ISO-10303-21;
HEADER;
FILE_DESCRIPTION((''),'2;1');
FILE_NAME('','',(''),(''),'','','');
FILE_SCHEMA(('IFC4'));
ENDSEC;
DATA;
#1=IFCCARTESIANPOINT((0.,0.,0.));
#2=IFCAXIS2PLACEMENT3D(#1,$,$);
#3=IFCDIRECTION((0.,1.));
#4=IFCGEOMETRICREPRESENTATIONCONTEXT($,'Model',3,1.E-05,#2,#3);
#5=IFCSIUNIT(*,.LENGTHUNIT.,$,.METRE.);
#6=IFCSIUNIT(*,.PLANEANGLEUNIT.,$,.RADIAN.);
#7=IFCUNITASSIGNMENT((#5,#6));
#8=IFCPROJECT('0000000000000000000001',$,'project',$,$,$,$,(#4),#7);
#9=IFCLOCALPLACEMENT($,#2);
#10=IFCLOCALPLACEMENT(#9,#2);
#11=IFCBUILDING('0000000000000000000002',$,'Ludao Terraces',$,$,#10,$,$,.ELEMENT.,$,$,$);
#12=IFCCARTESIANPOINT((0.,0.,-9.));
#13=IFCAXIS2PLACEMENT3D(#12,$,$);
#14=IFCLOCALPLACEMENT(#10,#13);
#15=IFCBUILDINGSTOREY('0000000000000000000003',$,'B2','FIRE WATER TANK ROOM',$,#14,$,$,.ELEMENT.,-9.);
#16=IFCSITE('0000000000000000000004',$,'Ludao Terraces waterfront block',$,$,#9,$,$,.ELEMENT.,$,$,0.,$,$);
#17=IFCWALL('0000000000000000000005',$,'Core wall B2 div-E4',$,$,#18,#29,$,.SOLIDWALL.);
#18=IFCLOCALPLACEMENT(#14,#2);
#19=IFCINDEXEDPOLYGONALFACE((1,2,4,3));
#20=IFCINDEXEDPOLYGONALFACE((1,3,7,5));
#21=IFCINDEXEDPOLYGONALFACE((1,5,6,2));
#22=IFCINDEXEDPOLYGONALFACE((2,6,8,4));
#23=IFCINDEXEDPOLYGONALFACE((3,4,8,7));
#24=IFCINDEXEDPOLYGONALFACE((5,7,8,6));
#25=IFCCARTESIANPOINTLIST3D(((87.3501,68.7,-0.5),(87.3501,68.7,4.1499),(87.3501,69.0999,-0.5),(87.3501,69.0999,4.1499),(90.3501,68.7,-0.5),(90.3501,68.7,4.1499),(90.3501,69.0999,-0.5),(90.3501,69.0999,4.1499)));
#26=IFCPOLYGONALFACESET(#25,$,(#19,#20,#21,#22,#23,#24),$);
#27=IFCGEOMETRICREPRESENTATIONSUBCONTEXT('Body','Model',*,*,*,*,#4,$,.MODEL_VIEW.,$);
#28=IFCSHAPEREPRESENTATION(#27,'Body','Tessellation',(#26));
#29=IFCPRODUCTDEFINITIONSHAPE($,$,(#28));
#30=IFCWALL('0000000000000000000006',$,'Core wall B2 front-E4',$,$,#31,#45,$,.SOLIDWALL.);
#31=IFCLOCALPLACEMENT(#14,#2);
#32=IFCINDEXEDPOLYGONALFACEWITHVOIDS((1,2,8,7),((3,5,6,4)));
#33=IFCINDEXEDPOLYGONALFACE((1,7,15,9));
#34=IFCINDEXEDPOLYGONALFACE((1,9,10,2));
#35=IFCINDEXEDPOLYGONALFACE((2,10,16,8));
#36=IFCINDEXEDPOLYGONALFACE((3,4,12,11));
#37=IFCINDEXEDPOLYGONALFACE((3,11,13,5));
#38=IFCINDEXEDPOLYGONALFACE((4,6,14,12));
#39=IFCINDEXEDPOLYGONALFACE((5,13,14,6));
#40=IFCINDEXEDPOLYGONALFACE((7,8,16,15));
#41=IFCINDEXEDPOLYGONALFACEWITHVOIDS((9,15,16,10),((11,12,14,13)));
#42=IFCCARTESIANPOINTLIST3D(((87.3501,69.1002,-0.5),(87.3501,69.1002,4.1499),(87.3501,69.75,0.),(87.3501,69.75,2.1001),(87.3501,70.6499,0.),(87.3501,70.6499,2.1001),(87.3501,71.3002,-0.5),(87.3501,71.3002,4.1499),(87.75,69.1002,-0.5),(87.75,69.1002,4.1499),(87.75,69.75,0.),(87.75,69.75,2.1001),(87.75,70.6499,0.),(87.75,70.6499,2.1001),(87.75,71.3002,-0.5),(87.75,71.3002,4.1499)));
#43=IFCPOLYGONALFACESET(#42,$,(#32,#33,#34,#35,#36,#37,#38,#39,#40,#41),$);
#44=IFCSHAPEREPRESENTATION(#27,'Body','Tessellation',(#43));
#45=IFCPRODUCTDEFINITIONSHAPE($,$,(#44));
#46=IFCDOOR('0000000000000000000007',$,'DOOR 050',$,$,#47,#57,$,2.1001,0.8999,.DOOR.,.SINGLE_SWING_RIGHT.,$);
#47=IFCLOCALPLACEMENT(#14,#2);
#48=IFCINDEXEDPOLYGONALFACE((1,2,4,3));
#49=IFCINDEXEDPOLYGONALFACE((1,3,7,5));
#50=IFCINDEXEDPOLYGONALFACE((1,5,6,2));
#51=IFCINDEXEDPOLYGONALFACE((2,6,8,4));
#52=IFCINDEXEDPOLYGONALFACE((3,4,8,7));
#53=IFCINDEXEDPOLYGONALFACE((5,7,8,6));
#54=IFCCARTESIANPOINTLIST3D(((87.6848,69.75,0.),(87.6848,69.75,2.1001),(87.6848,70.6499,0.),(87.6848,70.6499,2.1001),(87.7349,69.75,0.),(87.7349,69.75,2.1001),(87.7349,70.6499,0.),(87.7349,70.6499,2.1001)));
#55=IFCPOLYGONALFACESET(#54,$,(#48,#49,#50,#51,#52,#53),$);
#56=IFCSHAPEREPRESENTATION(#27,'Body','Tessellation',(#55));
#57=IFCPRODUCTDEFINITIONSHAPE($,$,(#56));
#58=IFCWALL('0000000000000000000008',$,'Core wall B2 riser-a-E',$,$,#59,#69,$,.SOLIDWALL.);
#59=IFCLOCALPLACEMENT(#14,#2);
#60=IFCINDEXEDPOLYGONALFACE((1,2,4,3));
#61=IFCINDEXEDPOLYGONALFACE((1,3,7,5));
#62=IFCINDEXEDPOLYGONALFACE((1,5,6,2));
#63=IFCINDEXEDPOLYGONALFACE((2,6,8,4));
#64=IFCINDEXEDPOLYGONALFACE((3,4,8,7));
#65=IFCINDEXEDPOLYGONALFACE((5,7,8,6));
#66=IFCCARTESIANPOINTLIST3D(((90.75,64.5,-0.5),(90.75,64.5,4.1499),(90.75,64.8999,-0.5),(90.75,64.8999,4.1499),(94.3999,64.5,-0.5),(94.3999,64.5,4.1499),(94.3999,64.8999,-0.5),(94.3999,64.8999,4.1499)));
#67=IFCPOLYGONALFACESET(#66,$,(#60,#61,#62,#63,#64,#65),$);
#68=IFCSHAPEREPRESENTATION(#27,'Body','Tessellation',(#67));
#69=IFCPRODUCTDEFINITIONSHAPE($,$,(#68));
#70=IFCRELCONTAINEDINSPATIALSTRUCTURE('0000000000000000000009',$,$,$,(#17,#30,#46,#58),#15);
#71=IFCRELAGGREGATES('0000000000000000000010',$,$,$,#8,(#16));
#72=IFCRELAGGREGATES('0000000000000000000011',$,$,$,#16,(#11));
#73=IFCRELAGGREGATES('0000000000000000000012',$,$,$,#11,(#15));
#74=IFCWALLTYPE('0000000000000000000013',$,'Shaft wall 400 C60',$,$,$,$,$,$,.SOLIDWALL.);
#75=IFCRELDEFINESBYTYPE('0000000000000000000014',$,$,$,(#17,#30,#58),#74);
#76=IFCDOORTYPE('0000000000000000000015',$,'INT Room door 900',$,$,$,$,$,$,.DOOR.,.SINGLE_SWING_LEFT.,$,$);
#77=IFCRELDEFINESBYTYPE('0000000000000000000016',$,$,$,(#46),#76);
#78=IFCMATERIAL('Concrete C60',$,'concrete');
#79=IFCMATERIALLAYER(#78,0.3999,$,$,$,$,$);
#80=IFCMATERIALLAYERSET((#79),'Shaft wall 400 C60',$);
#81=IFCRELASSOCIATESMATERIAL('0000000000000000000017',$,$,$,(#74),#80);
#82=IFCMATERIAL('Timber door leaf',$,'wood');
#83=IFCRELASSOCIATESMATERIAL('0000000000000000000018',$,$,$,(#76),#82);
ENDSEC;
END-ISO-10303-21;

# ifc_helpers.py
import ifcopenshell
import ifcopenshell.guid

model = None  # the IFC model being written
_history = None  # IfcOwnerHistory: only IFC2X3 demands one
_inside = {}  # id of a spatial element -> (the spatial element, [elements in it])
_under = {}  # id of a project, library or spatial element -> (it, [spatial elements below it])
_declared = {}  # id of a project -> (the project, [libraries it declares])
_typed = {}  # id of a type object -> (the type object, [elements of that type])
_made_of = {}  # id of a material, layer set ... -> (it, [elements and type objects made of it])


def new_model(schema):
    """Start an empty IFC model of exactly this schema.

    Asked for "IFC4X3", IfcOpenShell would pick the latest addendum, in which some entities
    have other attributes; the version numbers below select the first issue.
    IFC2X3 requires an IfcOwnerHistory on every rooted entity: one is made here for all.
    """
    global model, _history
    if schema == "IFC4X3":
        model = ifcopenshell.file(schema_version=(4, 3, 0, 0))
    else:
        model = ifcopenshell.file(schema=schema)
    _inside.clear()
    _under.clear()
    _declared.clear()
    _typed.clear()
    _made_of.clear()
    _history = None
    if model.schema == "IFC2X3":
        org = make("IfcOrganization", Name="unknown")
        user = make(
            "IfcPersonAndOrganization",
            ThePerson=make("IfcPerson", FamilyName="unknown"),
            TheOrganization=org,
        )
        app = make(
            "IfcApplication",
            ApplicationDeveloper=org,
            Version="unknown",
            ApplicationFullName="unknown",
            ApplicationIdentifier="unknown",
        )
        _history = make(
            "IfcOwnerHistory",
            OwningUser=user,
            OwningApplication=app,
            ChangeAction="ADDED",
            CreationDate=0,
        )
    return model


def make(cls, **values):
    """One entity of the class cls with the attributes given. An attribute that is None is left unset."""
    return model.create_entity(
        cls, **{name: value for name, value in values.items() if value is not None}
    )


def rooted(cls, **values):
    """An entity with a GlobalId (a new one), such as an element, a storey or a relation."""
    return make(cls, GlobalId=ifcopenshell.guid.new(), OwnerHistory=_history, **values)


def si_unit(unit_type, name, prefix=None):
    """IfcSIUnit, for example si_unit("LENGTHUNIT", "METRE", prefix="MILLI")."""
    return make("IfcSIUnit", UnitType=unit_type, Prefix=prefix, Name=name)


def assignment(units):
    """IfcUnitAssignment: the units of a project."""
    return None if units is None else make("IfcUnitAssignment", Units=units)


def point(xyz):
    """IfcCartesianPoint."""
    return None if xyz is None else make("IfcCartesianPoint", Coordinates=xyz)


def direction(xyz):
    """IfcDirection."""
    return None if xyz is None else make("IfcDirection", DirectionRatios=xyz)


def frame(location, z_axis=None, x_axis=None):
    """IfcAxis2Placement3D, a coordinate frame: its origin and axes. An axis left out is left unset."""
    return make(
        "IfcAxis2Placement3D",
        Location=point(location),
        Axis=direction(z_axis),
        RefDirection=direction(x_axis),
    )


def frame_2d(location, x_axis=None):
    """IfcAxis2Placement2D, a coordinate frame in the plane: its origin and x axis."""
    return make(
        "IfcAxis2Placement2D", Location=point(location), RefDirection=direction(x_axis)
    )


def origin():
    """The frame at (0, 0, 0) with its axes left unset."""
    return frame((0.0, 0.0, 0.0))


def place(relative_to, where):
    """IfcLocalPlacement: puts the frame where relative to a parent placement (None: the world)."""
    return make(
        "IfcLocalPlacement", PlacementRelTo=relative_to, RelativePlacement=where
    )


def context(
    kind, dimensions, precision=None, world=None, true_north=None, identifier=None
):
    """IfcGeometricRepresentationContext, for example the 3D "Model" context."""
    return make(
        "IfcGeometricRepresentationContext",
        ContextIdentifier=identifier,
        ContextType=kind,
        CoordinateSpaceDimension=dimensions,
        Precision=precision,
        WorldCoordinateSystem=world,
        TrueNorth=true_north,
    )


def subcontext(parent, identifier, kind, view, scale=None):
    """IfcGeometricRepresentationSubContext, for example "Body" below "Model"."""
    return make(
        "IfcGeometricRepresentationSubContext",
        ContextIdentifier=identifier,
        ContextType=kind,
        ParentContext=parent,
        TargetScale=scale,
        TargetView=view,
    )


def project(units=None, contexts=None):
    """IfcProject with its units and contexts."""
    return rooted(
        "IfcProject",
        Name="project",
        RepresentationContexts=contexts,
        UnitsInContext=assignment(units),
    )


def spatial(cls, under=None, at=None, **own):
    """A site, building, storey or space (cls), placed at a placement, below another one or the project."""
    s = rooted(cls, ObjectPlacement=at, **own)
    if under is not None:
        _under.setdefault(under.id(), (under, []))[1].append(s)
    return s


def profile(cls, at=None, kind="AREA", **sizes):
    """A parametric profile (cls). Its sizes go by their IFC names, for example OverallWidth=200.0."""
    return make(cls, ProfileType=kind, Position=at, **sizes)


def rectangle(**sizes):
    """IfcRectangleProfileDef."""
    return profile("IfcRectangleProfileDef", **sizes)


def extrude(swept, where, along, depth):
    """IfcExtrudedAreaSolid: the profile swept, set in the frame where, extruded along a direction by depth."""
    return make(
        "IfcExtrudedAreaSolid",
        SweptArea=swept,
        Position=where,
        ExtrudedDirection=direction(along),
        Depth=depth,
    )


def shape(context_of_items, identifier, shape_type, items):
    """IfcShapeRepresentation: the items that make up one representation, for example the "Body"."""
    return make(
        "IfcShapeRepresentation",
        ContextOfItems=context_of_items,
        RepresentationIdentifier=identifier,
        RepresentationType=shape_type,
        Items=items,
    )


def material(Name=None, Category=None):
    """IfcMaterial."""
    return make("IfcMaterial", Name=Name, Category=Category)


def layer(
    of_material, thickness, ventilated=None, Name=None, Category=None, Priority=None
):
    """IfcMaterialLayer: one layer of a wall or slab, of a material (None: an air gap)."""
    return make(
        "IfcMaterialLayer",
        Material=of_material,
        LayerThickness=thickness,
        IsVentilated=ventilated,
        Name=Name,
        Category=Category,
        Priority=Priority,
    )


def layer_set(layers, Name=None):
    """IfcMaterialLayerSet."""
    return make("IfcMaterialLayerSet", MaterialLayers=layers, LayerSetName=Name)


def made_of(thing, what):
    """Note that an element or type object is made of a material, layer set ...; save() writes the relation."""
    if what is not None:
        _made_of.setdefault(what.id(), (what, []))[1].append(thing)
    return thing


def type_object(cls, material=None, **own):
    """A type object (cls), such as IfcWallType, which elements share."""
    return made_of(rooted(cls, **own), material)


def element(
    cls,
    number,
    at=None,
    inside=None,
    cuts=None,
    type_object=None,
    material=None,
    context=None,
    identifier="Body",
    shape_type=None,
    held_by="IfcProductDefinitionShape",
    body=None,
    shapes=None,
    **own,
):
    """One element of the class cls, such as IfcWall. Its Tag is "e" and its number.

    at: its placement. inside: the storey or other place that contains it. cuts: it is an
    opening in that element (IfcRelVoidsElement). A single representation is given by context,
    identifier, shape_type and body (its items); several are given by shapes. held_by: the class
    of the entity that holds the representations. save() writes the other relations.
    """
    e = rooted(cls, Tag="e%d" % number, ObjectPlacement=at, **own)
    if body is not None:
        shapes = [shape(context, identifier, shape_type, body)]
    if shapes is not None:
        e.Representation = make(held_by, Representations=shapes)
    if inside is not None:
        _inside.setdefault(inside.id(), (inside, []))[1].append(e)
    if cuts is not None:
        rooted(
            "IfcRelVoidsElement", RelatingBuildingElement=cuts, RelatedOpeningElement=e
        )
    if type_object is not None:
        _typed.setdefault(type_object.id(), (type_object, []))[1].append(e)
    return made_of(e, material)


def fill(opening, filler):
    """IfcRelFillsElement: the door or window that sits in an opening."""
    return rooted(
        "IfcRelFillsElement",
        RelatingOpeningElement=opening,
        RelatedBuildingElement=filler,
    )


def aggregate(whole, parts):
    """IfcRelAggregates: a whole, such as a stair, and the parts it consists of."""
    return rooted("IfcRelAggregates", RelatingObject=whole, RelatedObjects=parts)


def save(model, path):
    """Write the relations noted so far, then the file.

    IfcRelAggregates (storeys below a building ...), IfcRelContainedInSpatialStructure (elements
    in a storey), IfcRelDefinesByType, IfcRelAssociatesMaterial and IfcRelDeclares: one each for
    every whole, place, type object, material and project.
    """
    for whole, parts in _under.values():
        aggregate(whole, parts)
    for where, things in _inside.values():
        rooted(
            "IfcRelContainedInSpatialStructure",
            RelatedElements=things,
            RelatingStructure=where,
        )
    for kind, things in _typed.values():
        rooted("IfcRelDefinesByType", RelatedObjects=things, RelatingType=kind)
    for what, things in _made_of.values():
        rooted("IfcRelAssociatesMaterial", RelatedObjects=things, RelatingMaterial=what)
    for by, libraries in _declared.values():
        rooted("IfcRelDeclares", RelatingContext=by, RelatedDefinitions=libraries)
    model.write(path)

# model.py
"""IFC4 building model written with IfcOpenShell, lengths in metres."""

from ifc_helpers import new_model, si_unit, direction, frame, frame_2d, origin, place, context, subcontext, project, spatial, rectangle, extrude, material, layer, layer_set, type_object, element, fill, save


model = new_model("IFC4")

# Units and contexts
model_context = context("Model", 3, precision=1e-05, world=origin(), true_north=direction((0.0, 1.0)))
body_context = subcontext(model_context, "Body", "Model", "MODEL_VIEW")
ifc_project = project(units=[si_unit("LENGTHUNIT", "METRE"), si_unit("PLANEANGLEUNIT", "RADIAN")], contexts=[model_context])

# Site, building, storey
site_placement = place(None, origin())
site = spatial("IfcSite", under=ifc_project, at=site_placement, Name="Ludao Terraces waterfront block", CompositionType="ELEMENT", RefElevation=0.0)
building_placement = place(site_placement, origin())
building = spatial("IfcBuilding", under=site, at=building_placement, Name="Ludao Terraces", CompositionType="ELEMENT")
storey_placement = place(building_placement, frame((0.0, 0.0, -9.0)))
storey = spatial("IfcBuildingStorey", under=building, at=storey_placement, Name="B2", Description="FIRE WATER TANK ROOM", CompositionType="ELEMENT", Elevation=-9.0)

# Shared definitions
ifc_material_1 = material(Name="Concrete C60", Category="concrete")
ifc_layer = layer(ifc_material_1, 0.3999)
ifc_layer_set = layer_set([ifc_layer], Name="Shaft wall 400 C60")
wall_type = type_object("IfcWallType", Name="Shaft wall 400 C60", PredefinedType="SOLIDWALL", material=ifc_layer_set)

# Shared definitions
ifc_material_2 = material(Name="Timber door leaf", Category="wood")
door_type = type_object("IfcDoorType", Name="INT Room door 900", OperationType="SINGLE_SWING_LEFT", PredefinedType="DOOR", material=ifc_material_2)

# Wall
wall_1_placement = place(storey_placement, frame((87.3501, 68.8999, -0.5), z_axis=(0.0, 0.0, 1.0), x_axis=(1.0, 0.0, 0.0)))
element("IfcWall", 1, at=wall_1_placement, inside=storey, type_object=wall_type, Name="Core wall B2 div-E4", PredefinedType="SOLIDWALL", context=body_context, shape_type="SweptSolid", body=[
    extrude(rectangle(XDim=3.0, YDim=0.3999, at=frame_2d((1.5, 0.0))), origin(), (0.0, 0.0, 1.0), 4.6499),
])

# Wall, opening, door
wall_2_placement = place(storey_placement, frame((87.55, 69.1001, -0.5), z_axis=(0.0, 0.0, 1.0), x_axis=(0.0, 1.0, 0.0)))
wall_2 = element("IfcWall", 2, at=wall_2_placement, inside=storey, type_object=wall_type, Name="Core wall B2 front-E4", PredefinedType="SOLIDWALL", context=body_context, shape_type="SweptSolid", body=[
    extrude(rectangle(XDim=2.2, YDim=0.3999, at=frame_2d((1.1001, 0.0))), origin(), (0.0, 0.0, 1.0), 4.6499),
])
opening_1_placement = place(wall_2_placement, frame((0.6499, 0.0, 0.5)))
opening_1 = element("IfcOpeningElement", 3, at=opening_1_placement, cuts=wall_2, PredefinedType="OPENING", context=body_context, shape_type="SweptSolid", body=[
    extrude(rectangle(XDim=0.8999, YDim=2.1001, at=frame_2d((0.45, 1.05))), frame((0.0, 0.21, 0.0), z_axis=(0.0, -1.0, 0.0), x_axis=(1.0, 0.0, 0.0)), (0.0, 0.0, 1.0), 0.4199),
])
door_1_placement = place(opening_1_placement, origin())
door_1 = element("IfcDoor", 4, at=door_1_placement, inside=storey, type_object=door_type, Name="DOOR 050", OperationType="SINGLE_SWING_RIGHT", OverallHeight=2.1001, OverallWidth=0.8999, PredefinedType="DOOR", context=body_context, shape_type="SweptSolid", body=[
    extrude(rectangle(XDim=0.8999, YDim=2.1001, at=frame_2d((0.45, 1.05))), frame((0.0, -0.1348, 0.0), z_axis=(0.0, -1.0, 0.0), x_axis=(1.0, 0.0, 0.0)), (0.0, 0.0, 1.0), 0.05),
])
fill(opening_1, door_1)

# Wall
wall_3_placement = place(storey_placement, frame((90.75, 64.7, -0.5), z_axis=(0.0, 0.0, 1.0), x_axis=(1.0, 0.0, 0.0)))
element("IfcWall", 5, at=wall_3_placement, inside=storey, type_object=wall_type, Name="Core wall B2 riser-a-E", PredefinedType="SOLIDWALL", context=body_context, shape_type="SweptSolid", body=[
    extrude(rectangle(XDim=3.6499, YDim=0.3999, at=frame_2d((1.825, 0.0))), origin(), (0.0, 0.0, 1.0), 4.6499),
])

save(model, "model.ifc")
